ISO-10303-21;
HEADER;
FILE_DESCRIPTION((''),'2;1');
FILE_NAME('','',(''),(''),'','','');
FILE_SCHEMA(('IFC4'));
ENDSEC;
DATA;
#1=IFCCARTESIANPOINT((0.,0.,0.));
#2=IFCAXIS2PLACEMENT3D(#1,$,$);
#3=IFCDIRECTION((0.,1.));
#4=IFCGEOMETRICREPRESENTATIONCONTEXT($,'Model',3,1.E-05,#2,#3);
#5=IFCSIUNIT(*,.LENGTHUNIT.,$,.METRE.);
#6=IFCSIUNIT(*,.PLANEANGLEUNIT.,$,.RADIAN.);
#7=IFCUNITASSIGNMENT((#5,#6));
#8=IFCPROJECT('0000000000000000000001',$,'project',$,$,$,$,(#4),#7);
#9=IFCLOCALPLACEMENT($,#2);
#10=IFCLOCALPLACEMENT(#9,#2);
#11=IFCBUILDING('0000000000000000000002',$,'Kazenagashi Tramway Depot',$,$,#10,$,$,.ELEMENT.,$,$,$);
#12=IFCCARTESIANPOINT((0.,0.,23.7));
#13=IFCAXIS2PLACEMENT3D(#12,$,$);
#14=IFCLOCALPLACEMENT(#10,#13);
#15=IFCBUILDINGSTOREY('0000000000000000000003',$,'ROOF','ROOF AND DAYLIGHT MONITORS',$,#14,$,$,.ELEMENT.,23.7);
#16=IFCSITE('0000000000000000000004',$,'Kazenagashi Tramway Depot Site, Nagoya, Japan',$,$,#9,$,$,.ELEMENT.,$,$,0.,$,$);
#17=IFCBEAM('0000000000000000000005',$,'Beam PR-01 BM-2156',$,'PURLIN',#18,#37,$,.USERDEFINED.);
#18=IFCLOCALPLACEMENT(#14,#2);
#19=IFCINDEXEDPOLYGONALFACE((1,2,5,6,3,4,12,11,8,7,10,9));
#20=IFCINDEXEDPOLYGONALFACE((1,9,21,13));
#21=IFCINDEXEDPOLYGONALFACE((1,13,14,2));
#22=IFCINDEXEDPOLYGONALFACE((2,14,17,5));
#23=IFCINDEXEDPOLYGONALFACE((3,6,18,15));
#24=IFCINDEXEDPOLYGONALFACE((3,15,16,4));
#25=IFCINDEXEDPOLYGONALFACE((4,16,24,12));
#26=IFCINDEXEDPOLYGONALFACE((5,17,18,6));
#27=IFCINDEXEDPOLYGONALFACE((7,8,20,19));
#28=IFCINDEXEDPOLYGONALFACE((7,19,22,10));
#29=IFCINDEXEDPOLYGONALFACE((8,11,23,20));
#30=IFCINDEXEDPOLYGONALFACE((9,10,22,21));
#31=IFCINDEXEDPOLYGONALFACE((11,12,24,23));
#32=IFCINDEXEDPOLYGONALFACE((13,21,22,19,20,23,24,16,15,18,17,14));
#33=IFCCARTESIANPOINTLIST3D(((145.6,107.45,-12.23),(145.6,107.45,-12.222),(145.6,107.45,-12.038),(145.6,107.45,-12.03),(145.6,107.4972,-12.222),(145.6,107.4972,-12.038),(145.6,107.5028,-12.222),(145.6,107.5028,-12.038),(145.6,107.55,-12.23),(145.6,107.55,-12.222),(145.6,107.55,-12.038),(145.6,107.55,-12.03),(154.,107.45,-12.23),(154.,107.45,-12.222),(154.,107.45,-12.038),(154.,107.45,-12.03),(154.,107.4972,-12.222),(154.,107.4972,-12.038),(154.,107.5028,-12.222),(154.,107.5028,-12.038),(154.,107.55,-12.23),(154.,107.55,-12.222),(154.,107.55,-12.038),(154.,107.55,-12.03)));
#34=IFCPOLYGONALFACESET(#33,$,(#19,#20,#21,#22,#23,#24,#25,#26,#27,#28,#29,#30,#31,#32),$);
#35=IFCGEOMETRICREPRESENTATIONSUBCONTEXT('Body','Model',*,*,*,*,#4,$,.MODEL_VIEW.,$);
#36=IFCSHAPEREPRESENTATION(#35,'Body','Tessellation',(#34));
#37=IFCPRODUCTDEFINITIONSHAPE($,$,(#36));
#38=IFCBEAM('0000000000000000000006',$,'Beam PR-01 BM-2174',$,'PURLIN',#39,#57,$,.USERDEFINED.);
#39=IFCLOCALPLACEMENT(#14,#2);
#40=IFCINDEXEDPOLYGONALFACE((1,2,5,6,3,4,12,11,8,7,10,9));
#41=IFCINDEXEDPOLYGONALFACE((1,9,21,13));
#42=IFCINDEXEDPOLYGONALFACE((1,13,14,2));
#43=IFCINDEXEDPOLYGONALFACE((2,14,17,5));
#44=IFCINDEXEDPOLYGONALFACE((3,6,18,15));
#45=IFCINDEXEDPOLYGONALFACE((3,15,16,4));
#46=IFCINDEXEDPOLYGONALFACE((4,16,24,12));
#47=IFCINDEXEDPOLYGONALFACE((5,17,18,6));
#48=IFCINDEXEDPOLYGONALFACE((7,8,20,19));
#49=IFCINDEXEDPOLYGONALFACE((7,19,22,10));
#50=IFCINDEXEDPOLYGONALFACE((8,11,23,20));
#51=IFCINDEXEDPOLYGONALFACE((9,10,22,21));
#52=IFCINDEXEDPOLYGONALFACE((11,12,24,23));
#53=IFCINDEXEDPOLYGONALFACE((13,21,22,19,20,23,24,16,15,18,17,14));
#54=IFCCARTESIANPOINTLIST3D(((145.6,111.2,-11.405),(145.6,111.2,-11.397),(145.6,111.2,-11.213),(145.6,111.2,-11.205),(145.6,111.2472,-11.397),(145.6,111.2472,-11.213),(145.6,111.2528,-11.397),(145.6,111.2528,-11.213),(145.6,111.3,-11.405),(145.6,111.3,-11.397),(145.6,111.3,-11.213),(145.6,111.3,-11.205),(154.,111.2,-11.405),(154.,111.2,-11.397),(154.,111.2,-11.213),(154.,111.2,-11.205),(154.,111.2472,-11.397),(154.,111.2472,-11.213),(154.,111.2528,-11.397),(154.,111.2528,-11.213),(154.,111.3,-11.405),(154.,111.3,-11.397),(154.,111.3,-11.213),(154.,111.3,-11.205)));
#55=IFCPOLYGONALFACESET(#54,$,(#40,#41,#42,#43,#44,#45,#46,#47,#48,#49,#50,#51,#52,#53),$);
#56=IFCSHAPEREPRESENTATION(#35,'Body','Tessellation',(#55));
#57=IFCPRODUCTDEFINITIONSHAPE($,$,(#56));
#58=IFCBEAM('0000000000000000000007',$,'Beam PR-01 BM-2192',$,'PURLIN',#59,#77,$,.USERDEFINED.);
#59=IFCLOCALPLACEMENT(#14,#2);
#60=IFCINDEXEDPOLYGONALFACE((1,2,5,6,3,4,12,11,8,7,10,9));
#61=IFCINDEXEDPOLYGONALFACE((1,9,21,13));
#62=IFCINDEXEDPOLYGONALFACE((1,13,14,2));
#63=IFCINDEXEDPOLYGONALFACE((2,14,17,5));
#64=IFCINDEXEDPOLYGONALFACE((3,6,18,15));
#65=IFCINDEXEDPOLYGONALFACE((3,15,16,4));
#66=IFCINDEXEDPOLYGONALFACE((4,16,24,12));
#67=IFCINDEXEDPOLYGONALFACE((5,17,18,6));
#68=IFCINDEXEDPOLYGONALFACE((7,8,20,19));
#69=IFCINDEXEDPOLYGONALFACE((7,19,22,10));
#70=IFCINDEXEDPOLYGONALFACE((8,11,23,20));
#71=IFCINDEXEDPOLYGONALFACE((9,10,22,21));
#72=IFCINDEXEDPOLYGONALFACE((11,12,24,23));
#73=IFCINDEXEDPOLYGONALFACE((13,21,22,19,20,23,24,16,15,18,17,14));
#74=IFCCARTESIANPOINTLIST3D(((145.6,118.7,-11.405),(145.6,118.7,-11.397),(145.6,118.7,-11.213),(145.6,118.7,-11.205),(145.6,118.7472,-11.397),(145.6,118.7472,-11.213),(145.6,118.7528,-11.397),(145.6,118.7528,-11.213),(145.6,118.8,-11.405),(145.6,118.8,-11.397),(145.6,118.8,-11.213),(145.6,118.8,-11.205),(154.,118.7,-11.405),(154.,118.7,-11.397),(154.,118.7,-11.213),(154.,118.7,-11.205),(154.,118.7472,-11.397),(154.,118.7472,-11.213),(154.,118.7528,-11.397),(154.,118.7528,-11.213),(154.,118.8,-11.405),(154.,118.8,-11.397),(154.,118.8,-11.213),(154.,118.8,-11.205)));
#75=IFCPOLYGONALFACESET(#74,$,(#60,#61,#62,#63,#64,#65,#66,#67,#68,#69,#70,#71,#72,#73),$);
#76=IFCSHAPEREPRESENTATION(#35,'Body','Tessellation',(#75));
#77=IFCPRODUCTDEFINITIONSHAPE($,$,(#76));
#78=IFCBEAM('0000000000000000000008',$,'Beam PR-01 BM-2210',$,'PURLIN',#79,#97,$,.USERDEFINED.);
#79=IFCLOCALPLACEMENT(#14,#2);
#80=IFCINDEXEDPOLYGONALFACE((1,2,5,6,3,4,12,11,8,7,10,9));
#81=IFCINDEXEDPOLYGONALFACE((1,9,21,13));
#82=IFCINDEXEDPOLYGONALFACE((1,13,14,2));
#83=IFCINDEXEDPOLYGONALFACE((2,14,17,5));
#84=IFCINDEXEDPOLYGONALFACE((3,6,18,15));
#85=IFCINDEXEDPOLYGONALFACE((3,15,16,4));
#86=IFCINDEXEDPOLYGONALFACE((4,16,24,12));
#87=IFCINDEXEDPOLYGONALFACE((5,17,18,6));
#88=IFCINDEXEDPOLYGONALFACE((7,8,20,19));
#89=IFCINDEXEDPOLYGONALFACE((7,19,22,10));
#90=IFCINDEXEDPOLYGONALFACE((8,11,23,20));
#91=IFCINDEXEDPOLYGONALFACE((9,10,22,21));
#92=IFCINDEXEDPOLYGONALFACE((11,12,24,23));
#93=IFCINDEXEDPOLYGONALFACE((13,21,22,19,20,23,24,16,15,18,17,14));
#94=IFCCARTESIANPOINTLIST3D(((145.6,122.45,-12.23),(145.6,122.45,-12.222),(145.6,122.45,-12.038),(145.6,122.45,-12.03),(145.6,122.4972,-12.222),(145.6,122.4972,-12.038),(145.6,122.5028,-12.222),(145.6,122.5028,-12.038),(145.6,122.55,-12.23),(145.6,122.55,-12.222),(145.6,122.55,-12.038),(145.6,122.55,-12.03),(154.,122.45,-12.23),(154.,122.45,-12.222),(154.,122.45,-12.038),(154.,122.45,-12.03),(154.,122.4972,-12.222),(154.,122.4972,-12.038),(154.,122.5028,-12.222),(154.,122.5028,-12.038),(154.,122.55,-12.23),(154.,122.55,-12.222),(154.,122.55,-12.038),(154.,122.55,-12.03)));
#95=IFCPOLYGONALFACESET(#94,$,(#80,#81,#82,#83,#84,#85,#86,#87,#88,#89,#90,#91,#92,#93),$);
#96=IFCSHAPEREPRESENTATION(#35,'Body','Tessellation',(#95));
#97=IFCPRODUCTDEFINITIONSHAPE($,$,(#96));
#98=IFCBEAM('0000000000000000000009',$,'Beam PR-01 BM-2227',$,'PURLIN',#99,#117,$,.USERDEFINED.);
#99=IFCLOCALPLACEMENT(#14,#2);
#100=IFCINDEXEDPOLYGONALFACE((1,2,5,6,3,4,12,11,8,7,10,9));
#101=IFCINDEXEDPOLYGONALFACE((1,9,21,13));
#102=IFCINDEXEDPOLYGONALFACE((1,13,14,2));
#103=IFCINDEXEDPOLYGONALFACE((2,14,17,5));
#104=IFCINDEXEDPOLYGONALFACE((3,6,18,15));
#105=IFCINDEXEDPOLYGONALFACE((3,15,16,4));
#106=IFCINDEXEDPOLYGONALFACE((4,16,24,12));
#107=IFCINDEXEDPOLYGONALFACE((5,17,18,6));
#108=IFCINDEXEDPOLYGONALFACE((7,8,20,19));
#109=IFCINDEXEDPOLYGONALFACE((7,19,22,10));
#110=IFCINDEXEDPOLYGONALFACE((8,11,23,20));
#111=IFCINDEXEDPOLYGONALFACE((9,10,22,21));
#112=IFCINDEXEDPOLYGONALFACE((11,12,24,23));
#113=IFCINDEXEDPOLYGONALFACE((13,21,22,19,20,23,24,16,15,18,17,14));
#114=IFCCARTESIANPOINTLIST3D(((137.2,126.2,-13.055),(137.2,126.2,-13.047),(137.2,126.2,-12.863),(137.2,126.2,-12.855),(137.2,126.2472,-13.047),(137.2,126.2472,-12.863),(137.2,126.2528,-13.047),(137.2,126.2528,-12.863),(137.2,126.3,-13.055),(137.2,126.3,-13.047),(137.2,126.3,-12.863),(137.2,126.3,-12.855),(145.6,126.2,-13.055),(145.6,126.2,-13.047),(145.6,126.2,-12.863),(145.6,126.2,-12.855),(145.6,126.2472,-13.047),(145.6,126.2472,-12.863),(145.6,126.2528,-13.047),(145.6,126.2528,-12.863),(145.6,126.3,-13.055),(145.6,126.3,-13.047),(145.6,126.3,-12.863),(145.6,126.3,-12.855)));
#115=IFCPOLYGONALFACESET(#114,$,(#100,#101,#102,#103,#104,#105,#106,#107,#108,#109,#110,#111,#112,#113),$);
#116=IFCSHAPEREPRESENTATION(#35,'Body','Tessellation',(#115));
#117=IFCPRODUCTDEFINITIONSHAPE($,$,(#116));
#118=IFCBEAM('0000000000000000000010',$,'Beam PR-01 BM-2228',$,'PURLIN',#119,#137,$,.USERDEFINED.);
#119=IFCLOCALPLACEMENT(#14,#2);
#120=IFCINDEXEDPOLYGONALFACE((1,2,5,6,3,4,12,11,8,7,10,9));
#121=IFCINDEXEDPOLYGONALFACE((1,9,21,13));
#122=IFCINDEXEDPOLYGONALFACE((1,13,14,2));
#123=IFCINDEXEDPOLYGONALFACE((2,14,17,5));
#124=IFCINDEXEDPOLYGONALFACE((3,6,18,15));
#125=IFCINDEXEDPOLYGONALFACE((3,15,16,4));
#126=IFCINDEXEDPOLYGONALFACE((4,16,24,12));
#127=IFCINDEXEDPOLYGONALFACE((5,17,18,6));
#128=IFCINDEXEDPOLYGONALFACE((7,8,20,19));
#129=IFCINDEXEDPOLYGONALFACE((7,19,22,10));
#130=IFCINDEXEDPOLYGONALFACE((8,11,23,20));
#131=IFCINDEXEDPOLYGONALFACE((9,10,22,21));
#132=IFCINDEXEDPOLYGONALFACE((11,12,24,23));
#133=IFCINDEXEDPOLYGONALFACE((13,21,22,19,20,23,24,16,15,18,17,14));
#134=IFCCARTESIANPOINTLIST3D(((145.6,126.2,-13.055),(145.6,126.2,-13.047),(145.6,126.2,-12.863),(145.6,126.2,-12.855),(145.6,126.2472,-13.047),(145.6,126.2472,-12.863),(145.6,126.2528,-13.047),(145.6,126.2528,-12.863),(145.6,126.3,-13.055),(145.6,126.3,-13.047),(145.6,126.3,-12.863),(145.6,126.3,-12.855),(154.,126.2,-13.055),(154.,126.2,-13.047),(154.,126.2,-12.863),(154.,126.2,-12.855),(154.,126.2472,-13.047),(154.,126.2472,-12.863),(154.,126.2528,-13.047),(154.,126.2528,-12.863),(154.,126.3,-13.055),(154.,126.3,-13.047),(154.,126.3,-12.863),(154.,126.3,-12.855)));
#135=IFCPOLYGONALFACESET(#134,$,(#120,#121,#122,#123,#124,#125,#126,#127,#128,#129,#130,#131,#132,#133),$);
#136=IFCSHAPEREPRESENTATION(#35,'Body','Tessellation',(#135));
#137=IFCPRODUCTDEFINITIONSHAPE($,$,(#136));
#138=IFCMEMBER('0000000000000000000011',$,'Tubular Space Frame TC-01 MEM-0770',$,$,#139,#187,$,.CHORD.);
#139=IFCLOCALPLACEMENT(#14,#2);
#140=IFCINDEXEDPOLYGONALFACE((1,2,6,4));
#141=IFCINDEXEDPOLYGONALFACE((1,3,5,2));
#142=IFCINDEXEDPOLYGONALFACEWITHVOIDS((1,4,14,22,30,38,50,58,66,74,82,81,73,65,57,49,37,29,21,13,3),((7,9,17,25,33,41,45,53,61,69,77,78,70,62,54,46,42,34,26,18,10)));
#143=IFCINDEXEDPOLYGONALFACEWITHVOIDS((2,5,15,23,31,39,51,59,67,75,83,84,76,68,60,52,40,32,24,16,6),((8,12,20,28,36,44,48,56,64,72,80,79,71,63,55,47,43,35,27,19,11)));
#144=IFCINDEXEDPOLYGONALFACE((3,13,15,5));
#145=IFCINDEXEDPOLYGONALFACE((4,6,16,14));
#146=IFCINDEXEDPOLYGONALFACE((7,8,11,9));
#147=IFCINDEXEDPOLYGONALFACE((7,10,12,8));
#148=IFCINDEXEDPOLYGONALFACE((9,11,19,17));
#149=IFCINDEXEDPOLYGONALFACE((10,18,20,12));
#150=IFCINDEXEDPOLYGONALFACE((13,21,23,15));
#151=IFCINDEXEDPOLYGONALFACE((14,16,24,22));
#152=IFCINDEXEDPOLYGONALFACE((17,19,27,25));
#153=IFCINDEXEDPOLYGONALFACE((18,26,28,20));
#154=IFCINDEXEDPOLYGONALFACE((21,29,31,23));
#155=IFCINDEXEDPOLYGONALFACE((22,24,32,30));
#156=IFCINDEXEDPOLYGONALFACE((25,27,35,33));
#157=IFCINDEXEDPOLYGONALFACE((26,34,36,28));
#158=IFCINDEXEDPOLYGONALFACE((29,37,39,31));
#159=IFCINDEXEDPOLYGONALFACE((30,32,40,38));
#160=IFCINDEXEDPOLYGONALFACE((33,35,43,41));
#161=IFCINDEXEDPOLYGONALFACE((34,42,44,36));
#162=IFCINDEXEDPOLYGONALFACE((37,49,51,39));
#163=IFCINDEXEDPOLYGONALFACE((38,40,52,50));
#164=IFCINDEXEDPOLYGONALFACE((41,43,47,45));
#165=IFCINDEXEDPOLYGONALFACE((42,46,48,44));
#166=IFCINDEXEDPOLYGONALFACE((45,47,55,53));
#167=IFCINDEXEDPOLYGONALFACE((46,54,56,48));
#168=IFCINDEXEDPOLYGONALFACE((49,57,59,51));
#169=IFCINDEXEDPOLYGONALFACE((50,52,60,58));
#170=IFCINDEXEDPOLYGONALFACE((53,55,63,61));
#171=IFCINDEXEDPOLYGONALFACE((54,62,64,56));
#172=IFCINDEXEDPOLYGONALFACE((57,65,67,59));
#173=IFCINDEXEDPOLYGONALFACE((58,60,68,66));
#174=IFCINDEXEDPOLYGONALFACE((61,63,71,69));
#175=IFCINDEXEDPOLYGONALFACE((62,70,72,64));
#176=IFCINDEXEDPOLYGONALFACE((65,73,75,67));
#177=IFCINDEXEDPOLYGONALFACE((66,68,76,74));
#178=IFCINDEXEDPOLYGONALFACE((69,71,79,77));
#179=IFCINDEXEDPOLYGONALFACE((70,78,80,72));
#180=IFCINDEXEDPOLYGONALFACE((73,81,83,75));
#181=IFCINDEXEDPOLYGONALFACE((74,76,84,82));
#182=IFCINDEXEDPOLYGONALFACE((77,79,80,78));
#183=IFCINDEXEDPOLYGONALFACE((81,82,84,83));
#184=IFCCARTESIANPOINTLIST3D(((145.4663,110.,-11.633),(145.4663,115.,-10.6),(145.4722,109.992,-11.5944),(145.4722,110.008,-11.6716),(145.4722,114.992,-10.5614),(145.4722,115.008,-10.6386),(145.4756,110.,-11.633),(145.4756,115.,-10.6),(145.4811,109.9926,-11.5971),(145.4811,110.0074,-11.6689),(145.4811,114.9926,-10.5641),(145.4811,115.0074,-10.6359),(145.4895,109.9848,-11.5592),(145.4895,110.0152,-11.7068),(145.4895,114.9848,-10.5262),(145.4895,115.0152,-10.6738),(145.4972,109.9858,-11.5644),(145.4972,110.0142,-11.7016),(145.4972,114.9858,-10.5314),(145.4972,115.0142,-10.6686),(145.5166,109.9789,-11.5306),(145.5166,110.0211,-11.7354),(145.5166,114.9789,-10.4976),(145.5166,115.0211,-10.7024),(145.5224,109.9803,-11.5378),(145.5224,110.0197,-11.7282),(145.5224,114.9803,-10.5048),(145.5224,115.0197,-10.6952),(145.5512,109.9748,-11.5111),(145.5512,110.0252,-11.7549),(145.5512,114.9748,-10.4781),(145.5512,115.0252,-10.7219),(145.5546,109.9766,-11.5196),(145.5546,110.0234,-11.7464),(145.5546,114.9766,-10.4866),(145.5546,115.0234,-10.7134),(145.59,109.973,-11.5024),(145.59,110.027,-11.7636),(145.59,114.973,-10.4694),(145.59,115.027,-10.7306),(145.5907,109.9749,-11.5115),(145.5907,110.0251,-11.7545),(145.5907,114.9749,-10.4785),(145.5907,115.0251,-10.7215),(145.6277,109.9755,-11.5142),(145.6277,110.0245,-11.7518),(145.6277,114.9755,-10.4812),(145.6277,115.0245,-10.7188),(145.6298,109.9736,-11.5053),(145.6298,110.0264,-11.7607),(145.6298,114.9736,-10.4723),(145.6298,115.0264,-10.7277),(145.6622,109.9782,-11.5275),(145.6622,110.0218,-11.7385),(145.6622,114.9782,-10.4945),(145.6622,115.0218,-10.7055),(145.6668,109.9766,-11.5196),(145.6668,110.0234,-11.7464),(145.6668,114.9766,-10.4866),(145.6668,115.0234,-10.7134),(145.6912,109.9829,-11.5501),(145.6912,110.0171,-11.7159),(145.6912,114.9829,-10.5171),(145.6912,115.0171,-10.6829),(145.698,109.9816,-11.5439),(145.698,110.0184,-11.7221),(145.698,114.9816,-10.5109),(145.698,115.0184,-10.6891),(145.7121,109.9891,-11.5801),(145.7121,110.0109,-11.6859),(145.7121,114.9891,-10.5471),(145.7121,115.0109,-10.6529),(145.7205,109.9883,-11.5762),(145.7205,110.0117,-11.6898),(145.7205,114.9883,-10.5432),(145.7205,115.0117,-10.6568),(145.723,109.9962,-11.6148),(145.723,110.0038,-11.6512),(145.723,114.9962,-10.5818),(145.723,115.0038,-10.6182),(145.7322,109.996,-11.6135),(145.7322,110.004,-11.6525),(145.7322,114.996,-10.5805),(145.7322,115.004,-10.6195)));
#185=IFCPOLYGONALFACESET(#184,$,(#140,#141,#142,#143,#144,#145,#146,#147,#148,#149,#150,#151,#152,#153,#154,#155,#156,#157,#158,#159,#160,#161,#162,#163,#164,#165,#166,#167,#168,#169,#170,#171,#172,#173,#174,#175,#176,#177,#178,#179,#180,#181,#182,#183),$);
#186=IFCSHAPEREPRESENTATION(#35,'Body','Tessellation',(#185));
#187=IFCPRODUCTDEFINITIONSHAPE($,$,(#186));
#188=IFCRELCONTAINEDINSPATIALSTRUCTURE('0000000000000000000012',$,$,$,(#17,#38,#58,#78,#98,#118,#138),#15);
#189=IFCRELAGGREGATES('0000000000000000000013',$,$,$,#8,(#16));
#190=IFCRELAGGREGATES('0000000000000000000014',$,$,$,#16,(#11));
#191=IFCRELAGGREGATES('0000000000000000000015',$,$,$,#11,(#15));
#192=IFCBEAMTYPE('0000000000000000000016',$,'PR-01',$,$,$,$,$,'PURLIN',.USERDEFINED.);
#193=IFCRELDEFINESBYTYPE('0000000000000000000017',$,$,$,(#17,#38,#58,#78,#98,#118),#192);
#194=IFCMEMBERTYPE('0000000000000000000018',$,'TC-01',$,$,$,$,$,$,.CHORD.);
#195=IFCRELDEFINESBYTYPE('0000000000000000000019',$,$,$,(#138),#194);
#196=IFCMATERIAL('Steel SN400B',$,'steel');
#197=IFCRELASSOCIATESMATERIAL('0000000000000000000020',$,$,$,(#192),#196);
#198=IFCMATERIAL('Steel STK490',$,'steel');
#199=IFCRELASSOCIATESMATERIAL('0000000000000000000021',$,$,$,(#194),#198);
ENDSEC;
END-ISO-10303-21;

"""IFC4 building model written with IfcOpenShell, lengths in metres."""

from ifc_helpers import new_model, si_unit, direction, frame, origin, origin_2d, place, context, subcontext, project, spatial, hollow_circle, i_section, extrude, material, material_profile, profile_set, type_object, element, save


model = new_model("IFC4")

# Units and contexts
model_context = context("Model", 3, precision=1e-05, world=origin(), true_north=direction((0.0, 1.0)))
body_context = subcontext(model_context, "Body", "Model", "MODEL_VIEW")
ifc_project = project(units=[si_unit("LENGTHUNIT", "METRE"), si_unit("PLANEANGLEUNIT", "RADIAN")], contexts=[model_context])

# Site, building, storey
site_placement = place(None, origin())
site = spatial("IfcSite", under=ifc_project, at=site_placement, Name="Kazenagashi Tramway Depot Site, Nagoya, Japan", CompositionType="ELEMENT", RefElevation=0.0)
building_placement = place(site_placement, origin())
building = spatial("IfcBuilding", under=site, at=building_placement, Name="Kazenagashi Tramway Depot", CompositionType="ELEMENT")
storey_placement = place(building_placement, frame((0.0, 0.0, 23.7)))
storey = spatial("IfcBuildingStorey", under=building, at=storey_placement, Name="ROOF", Description="ROOF AND DAYLIGHT MONITORS", CompositionType="ELEMENT", Elevation=23.7)

# Beams
ifc_material_1 = material(Name="Steel SN400B", Category="steel")
ifc_material_profile_1 = material_profile(ifc_material_1, i_section(OverallWidth=0.1, OverallDepth=0.2, WebThickness=0.0055, FlangeThickness=0.008, at=origin_2d()), Name="H-200x100x5.5x8")
ifc_profile_set_1 = profile_set([ifc_material_profile_1], Name="Steel SN400B")
beam_type = type_object("IfcBeamType", Name="PR-01", ElementType="PURLIN", PredefinedType="USERDEFINED", material=ifc_profile_set_1)
for number, where, z_axis, x_axis, name in (
    (1, (145.6, 107.5, -12.13), (1.0, 0.0, 0.0), (0.0, 1.0, 0.0), "Beam PR-01 BM-2156"),
    (2, (145.6, 111.25, -11.305), (1.0, 0.0, 0.0), (0.0, 1.0, 0.0), "Beam PR-01 BM-2174"),
    (3, (145.6, 118.75, -11.305), (1.0, 0.0, 0.0), (0.0, 1.0, 0.0), "Beam PR-01 BM-2192"),
    (4, (145.6, 122.5, -12.13), (1.0, 0.0, 0.0), (0.0, 1.0, 0.0), "Beam PR-01 BM-2210"),
    (5, (137.2, 126.25, -12.955), (1.0, 0.0, 0.0), (0.0, 1.0, 0.0), "Beam PR-01 BM-2227"),
    (6, (145.6, 126.25, -12.955), (1.0, 0.0, 0.0), (0.0, 1.0, 0.0), "Beam PR-01 BM-2228"),
):
    element("IfcBeam", number, at=place(storey_placement, frame(where, z_axis=z_axis, x_axis=x_axis)), inside=storey, type_object=beam_type, Name=name, ObjectType="PURLIN", PredefinedType="USERDEFINED", context=body_context, shape_type="SweptSolid", body=[
        extrude(i_section(OverallWidth=0.1, OverallDepth=0.2, WebThickness=0.0055, FlangeThickness=0.008, at=origin_2d()), origin(), (0.0, 0.0, 1.0), 8.4),
    ])

# Member
ifc_material_2 = material(Name="Steel STK490", Category="steel")
ifc_material_profile_2 = material_profile(ifc_material_2, hollow_circle(Radius=0.1337, WallThickness=0.0093, at=origin_2d()), Name="CHS-267.4x9.3")
ifc_profile_set_2 = profile_set([ifc_material_profile_2], Name="Steel STK490")
member_type_1 = type_object("IfcMemberType", Name="TC-01", PredefinedType="CHORD", material=ifc_profile_set_2)
for number, where, z_axis, x_axis, name in (
    (7, (145.6, 110.0, -11.633), (0.0, 0.979318, 0.202327), (-1.0, 0.0, 0.0), "Tubular Space Frame TC-01 MEM-0770"),
):
    element("IfcMember", number, at=place(storey_placement, frame(where, z_axis=z_axis, x_axis=x_axis)), inside=storey, type_object=member_type_1, Name=name, PredefinedType="CHORD", context=body_context, shape_type="SweptSolid", body=[
        extrude(hollow_circle(Radius=0.1337, WallThickness=0.0093, at=origin_2d()), origin(), (0.0, 0.0, 1.0), 5.1056),
    ])

save(model, "model.ifc")
